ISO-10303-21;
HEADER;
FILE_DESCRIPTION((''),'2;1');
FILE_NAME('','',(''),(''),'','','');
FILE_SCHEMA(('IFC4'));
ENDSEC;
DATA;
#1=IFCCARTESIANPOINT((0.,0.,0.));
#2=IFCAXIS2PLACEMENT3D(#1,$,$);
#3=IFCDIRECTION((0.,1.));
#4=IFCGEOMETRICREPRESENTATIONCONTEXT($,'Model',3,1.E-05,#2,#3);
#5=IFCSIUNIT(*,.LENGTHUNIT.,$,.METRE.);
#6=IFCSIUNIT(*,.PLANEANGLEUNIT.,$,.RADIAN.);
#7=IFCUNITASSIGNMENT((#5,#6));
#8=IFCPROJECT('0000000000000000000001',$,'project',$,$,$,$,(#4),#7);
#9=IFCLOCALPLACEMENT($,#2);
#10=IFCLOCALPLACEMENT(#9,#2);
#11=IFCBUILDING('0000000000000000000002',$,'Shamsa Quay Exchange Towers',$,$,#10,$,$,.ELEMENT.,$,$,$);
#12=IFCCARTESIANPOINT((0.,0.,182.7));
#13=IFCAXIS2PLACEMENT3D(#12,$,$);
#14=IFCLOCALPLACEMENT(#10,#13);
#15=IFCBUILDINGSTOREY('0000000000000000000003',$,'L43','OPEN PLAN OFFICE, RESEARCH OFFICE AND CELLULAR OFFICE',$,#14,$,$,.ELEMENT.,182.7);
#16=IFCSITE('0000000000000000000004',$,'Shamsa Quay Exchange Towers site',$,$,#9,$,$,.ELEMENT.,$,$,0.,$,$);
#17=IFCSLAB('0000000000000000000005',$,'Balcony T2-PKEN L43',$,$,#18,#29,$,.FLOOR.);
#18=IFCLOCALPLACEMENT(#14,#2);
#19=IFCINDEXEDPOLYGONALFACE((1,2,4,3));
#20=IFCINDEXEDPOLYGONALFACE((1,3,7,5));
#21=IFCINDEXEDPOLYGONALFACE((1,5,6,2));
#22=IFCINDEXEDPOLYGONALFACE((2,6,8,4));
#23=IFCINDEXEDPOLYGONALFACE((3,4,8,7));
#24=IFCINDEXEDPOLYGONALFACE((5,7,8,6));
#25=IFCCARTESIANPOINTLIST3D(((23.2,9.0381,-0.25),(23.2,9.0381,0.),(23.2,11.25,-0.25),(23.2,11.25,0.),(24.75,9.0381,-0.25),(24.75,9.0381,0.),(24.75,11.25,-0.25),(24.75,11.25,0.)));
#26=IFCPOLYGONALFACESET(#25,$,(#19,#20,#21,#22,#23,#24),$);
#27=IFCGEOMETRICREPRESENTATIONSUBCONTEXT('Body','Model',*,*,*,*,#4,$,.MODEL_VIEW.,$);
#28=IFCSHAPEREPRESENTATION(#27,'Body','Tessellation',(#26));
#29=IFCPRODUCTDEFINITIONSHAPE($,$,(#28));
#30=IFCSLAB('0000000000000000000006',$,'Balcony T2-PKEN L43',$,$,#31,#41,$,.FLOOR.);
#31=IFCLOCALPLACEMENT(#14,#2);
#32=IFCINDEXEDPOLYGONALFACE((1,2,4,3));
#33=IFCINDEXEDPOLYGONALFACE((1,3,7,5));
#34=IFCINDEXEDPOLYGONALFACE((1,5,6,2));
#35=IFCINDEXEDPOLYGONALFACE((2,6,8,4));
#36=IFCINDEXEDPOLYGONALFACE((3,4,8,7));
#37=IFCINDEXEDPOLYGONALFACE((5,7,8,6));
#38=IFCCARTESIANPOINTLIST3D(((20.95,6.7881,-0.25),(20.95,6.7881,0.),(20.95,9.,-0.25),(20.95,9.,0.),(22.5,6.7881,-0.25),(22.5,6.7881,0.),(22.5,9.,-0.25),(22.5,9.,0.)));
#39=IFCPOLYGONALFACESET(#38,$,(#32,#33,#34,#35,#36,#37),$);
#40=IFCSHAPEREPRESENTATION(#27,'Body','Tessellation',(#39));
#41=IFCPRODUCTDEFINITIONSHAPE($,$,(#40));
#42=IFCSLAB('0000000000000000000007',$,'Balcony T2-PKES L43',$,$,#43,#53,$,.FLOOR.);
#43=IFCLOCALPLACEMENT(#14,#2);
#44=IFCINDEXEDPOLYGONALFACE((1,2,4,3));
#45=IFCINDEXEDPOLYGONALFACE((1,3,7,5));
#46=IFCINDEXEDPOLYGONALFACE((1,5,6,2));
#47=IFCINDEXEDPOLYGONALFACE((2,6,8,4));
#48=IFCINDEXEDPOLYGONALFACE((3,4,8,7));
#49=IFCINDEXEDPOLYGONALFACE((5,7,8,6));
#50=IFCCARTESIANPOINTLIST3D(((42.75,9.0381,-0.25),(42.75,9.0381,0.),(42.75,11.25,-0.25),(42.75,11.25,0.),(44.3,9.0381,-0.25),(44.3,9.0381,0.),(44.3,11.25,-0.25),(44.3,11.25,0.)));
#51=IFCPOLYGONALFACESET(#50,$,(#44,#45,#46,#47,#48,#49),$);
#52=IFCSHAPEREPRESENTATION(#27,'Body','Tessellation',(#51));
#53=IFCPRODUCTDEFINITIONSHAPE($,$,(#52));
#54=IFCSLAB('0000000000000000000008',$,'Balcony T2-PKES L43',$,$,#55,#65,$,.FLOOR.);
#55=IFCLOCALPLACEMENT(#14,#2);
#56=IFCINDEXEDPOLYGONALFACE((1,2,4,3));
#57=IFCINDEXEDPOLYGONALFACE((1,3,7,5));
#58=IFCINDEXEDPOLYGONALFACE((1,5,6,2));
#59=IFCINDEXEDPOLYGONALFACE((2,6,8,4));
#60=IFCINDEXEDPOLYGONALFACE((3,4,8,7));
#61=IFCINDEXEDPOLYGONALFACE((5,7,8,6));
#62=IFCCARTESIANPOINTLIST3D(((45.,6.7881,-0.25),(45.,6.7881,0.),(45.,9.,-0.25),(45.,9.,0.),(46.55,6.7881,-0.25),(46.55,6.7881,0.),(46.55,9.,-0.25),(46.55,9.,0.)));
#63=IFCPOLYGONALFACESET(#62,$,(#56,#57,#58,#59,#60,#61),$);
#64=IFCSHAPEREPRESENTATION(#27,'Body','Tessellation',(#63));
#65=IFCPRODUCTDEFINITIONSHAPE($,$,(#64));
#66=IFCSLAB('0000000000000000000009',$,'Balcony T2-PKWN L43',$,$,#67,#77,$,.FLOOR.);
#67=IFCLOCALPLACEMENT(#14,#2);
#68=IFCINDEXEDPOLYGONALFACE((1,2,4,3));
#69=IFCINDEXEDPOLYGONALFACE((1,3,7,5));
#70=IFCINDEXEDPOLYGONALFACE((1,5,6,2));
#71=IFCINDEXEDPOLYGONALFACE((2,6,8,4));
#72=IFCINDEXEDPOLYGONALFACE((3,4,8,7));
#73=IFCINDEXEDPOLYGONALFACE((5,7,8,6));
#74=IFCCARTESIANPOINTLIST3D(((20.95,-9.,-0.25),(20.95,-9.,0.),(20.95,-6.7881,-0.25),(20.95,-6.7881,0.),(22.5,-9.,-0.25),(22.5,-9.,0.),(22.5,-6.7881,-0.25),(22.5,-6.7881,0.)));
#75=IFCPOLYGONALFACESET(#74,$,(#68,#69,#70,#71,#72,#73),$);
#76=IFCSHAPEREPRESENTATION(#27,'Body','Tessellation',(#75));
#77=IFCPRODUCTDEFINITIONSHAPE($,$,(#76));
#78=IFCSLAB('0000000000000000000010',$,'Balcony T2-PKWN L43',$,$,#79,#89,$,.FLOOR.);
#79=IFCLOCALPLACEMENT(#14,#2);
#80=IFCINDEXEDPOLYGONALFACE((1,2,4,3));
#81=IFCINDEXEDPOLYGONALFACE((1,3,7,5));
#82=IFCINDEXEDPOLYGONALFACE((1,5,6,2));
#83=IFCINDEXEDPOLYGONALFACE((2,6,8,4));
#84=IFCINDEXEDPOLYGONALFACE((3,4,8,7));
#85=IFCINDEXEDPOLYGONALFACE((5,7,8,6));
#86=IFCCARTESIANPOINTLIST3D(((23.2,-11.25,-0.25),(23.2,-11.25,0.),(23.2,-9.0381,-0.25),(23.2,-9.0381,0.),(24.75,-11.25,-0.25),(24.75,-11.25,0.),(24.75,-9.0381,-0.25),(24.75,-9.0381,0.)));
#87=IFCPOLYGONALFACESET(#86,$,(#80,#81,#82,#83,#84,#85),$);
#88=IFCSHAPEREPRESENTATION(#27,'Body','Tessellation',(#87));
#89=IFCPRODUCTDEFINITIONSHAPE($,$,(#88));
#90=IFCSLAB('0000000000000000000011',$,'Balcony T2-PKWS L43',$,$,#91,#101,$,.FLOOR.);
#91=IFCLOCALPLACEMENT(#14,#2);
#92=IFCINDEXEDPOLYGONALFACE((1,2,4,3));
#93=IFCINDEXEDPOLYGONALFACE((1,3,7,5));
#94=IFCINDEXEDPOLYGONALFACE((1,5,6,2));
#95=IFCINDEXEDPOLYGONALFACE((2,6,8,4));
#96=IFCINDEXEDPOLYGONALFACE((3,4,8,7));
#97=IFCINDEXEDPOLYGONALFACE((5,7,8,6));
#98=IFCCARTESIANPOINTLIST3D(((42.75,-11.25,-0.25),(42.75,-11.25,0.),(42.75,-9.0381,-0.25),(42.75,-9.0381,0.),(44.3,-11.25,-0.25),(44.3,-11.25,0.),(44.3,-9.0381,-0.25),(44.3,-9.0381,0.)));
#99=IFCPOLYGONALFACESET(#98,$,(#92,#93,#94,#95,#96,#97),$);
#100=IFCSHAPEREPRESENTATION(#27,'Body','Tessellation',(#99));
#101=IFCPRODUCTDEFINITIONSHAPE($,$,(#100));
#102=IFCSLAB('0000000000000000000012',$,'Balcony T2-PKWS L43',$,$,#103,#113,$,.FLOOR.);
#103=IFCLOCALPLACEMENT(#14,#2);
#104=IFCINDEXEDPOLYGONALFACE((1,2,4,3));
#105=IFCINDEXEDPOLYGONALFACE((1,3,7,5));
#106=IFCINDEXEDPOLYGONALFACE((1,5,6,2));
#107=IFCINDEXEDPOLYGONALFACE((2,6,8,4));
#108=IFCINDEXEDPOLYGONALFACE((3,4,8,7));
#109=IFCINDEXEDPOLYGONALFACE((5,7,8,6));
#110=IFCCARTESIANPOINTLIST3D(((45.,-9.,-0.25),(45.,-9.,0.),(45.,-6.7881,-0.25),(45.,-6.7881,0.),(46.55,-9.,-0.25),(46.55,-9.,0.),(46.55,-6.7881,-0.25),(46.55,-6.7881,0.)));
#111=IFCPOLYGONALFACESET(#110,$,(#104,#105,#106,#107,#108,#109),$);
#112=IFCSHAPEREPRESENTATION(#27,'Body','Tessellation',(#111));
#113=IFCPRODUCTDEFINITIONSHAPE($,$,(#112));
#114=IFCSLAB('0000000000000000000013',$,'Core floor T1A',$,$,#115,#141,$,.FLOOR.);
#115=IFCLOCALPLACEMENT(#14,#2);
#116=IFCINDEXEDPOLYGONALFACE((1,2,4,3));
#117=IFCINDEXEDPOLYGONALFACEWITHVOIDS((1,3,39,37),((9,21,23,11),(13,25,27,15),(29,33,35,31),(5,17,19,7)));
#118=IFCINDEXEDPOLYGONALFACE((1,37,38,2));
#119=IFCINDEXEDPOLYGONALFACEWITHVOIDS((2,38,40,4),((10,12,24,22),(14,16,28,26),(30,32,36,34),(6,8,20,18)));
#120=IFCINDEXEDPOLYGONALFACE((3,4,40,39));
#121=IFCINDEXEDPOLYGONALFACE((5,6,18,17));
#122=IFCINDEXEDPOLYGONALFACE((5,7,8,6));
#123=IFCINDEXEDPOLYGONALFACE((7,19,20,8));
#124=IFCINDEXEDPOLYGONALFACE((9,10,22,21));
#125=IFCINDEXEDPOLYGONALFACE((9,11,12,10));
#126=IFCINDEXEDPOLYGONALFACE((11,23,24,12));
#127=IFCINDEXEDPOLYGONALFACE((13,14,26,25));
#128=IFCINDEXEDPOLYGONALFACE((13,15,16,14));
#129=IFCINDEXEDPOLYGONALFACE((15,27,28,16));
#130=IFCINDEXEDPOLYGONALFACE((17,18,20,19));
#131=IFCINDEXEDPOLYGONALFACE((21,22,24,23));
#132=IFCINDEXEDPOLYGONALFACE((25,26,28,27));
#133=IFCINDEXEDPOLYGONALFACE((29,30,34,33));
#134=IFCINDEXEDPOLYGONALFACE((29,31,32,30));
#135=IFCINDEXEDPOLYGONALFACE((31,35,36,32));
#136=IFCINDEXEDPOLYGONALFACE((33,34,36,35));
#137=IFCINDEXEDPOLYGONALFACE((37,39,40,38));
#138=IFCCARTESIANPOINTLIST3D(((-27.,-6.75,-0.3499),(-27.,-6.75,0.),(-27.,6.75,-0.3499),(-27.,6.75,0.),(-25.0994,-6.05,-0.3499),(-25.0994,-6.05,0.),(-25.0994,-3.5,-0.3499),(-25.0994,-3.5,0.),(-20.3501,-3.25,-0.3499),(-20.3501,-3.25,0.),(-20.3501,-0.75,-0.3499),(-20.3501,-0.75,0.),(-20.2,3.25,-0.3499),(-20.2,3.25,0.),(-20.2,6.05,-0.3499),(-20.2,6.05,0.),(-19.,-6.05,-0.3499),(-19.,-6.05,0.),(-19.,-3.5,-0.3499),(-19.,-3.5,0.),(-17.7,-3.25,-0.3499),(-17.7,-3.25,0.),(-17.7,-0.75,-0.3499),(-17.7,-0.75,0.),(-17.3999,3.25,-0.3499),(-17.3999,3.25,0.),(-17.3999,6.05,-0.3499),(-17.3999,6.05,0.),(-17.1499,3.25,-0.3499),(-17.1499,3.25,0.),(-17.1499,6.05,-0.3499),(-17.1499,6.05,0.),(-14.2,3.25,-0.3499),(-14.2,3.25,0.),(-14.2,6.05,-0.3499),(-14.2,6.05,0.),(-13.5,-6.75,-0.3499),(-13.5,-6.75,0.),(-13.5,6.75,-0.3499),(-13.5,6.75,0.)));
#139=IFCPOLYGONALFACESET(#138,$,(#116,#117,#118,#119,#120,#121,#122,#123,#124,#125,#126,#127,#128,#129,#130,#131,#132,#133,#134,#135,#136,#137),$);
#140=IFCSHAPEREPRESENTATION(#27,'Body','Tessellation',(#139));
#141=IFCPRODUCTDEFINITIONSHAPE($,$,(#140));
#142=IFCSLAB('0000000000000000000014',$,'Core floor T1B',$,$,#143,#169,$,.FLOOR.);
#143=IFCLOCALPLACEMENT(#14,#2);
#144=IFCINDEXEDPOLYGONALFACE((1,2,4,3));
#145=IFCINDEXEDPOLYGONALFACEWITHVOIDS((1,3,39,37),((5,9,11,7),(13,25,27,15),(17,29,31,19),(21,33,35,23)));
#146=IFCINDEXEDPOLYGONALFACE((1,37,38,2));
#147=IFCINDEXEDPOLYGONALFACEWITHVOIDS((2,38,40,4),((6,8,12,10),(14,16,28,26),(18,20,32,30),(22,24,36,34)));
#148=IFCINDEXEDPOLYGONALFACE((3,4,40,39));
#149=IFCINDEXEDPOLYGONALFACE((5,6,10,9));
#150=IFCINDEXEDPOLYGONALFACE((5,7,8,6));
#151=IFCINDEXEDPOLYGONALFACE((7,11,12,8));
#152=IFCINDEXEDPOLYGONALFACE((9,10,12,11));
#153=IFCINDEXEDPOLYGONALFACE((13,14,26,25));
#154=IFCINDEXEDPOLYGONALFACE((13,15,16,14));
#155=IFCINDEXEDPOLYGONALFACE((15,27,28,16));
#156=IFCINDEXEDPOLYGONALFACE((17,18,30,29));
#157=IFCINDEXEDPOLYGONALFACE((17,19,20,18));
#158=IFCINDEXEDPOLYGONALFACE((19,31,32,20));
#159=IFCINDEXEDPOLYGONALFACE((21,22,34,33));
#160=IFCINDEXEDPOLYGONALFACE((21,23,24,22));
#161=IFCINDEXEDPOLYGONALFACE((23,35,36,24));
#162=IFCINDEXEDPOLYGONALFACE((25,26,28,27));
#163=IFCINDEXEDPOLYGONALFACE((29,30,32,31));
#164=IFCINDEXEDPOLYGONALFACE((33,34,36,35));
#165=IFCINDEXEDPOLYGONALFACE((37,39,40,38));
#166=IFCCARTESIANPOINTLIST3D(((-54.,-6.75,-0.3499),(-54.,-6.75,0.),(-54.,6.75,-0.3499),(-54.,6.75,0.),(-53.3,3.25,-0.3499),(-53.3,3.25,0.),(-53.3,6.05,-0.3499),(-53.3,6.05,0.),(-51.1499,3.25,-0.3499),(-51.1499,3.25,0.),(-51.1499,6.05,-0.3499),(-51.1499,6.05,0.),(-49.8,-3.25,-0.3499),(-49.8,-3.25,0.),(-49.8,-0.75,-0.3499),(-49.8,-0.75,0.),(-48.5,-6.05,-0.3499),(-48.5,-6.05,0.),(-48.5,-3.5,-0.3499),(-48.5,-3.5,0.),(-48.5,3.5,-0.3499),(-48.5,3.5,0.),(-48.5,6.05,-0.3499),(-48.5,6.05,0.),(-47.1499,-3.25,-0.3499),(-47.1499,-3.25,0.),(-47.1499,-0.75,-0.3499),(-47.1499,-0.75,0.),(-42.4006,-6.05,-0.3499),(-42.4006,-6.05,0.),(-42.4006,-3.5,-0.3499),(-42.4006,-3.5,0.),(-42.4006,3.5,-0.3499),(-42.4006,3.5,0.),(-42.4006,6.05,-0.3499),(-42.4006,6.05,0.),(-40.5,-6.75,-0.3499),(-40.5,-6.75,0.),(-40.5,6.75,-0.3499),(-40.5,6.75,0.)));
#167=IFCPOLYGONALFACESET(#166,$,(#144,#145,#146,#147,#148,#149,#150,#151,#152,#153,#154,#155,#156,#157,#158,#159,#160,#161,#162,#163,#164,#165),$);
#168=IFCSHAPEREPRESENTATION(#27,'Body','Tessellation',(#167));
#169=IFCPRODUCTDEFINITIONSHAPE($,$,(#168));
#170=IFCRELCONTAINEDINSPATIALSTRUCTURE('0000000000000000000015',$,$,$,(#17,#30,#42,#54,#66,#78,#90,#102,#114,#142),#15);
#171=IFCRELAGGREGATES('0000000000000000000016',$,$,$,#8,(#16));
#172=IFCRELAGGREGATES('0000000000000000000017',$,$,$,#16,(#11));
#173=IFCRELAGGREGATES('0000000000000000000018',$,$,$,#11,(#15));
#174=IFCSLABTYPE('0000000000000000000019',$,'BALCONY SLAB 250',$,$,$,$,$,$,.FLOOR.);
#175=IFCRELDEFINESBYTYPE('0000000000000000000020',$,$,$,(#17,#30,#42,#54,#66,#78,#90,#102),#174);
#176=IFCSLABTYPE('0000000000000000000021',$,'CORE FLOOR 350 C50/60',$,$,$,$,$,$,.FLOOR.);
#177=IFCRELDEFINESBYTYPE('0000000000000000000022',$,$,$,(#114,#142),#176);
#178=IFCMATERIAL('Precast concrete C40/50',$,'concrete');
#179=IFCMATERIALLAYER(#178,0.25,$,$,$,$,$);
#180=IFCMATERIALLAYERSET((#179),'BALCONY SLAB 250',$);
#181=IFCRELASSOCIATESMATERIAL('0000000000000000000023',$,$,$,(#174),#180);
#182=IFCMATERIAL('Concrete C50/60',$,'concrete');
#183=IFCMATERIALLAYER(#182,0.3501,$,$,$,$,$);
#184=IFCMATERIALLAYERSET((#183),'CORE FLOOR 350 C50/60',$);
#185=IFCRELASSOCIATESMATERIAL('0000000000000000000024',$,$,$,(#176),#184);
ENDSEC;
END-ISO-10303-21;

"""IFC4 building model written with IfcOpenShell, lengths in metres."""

from ifc_helpers import new_model, si_unit, direction, frame, origin, place, context, subcontext, project, spatial, polyline, outline, extrude, material, layer, layer_set, type_object, element, save


model = new_model("IFC4")

# Units and contexts
model_context = context("Model", 3, precision=1e-05, world=origin(), true_north=direction((0.0, 1.0)))
body_context = subcontext(model_context, "Body", "Model", "MODEL_VIEW")
ifc_project = project(units=[si_unit("LENGTHUNIT", "METRE"), si_unit("PLANEANGLEUNIT", "RADIAN")], contexts=[model_context])

# Site, building, storey
site_placement = place(None, origin())
site = spatial("IfcSite", under=ifc_project, at=site_placement, Name="Shamsa Quay Exchange Towers site", CompositionType="ELEMENT", RefElevation=0.0)
building_placement = place(site_placement, origin())
building = spatial("IfcBuilding", under=site, at=building_placement, Name="Shamsa Quay Exchange Towers", CompositionType="ELEMENT")
storey_placement = place(building_placement, frame((0.0, 0.0, 182.7)))
storey = spatial("IfcBuildingStorey", under=building, at=storey_placement, Name="L43", Description="OPEN PLAN OFFICE, RESEARCH OFFICE AND CELLULAR OFFICE", CompositionType="ELEMENT", Elevation=182.7)

# Slabs
ifc_material_1 = material(Name="Precast concrete C40/50", Category="concrete")
ifc_layer_1 = layer(ifc_material_1, 0.25)
ifc_layer_set_1 = layer_set([ifc_layer_1], Name="BALCONY SLAB 250")
slab_type_1 = type_object("IfcSlabType", Name="BALCONY SLAB 250", PredefinedType="FLOOR", material=ifc_layer_set_1)
slab_1_placement = place(storey_placement, frame((0.0, 0.0, -0.25)))
element("IfcSlab", 1, at=slab_1_placement, inside=storey, type_object=slab_type_1, Name="Balcony T2-PKEN L43", PredefinedType="FLOOR", context=body_context, shape_type="SweptSolid", body=[
    extrude(outline(polyline([(24.75, 11.25), (24.75, 9.0381), (23.2, 9.0381), (23.2, 11.25), (24.75, 11.25)])), origin(), (0.0, 0.0, 1.0), 0.25),
])
slab_2_placement = place(storey_placement, frame((0.0, 0.0, -0.25)))
element("IfcSlab", 2, at=slab_2_placement, inside=storey, type_object=slab_type_1, Name="Balcony T2-PKEN L43", PredefinedType="FLOOR", context=body_context, shape_type="SweptSolid", body=[
    extrude(outline(polyline([(22.5, 9.0), (22.5, 6.7881), (20.95, 6.7881), (20.95, 9.0), (22.5, 9.0)])), origin(), (0.0, 0.0, 1.0), 0.25),
])
slab_3_placement = place(storey_placement, frame((0.0, 0.0, -0.25)))
element("IfcSlab", 3, at=slab_3_placement, inside=storey, type_object=slab_type_1, Name="Balcony T2-PKES L43", PredefinedType="FLOOR", context=body_context, shape_type="SweptSolid", body=[
    extrude(outline(polyline([(42.75, 9.0381), (42.75, 11.25), (44.3, 11.25), (44.3, 9.0381), (42.75, 9.0381)])), origin(), (0.0, 0.0, 1.0), 0.25),
])
slab_4_placement = place(storey_placement, frame((0.0, 0.0, -0.25)))
element("IfcSlab", 4, at=slab_4_placement, inside=storey, type_object=slab_type_1, Name="Balcony T2-PKES L43", PredefinedType="FLOOR", context=body_context, shape_type="SweptSolid", body=[
    extrude(outline(polyline([(45.0, 6.7881), (45.0, 9.0), (46.55, 9.0), (46.55, 6.7881), (45.0, 6.7881)])), origin(), (0.0, 0.0, 1.0), 0.25),
])
slab_5_placement = place(storey_placement, frame((0.0, 0.0, -0.25)))
element("IfcSlab", 5, at=slab_5_placement, inside=storey, type_object=slab_type_1, Name="Balcony T2-PKWN L43", PredefinedType="FLOOR", context=body_context, shape_type="SweptSolid", body=[
    extrude(outline(polyline([(22.5, -6.7881), (22.5, -9.0), (20.95, -9.0), (20.95, -6.7881), (22.5, -6.7881)])), origin(), (0.0, 0.0, 1.0), 0.25),
])
slab_6_placement = place(storey_placement, frame((0.0, 0.0, -0.25)))
element("IfcSlab", 6, at=slab_6_placement, inside=storey, type_object=slab_type_1, Name="Balcony T2-PKWN L43", PredefinedType="FLOOR", context=body_context, shape_type="SweptSolid", body=[
    extrude(outline(polyline([(24.75, -9.0381), (24.75, -11.25), (23.2, -11.25), (23.2, -9.0381), (24.75, -9.0381)])), origin(), (0.0, 0.0, 1.0), 0.25),
])
slab_7_placement = place(storey_placement, frame((0.0, 0.0, -0.25)))
element("IfcSlab", 7, at=slab_7_placement, inside=storey, type_object=slab_type_1, Name="Balcony T2-PKWS L43", PredefinedType="FLOOR", context=body_context, shape_type="SweptSolid", body=[
    extrude(outline(polyline([(42.75, -11.25), (42.75, -9.0381), (44.3, -9.0381), (44.3, -11.25), (42.75, -11.25)])), origin(), (0.0, 0.0, 1.0), 0.25),
])
slab_8_placement = place(storey_placement, frame((0.0, 0.0, -0.25)))
element("IfcSlab", 8, at=slab_8_placement, inside=storey, type_object=slab_type_1, Name="Balcony T2-PKWS L43", PredefinedType="FLOOR", context=body_context, shape_type="SweptSolid", body=[
    extrude(outline(polyline([(45.0, -9.0), (45.0, -6.7881), (46.55, -6.7881), (46.55, -9.0), (45.0, -9.0)])), origin(), (0.0, 0.0, 1.0), 0.25),
])
ifc_material_2 = material(Name="Concrete C50/60", Category="concrete")
ifc_layer_2 = layer(ifc_material_2, 0.3501)
ifc_layer_set_2 = layer_set([ifc_layer_2], Name="CORE FLOOR 350 C50/60")
slab_type_2 = type_object("IfcSlabType", Name="CORE FLOOR 350 C50/60", PredefinedType="FLOOR", material=ifc_layer_set_2)
slab_9_placement = place(storey_placement, frame((0.0, 0.0, -0.3499)))
element("IfcSlab", 9, at=slab_9_placement, inside=storey, type_object=slab_type_2, Name="Core floor T1A", PredefinedType="FLOOR", context=body_context, shape_type="SweptSolid", body=[
    extrude(outline(polyline([(-27.0, -6.75), (-13.5, -6.75), (-13.5, 6.75), (-27.0, 6.75), (-27.0, -6.75)]), holes=[polyline([(-25.0994, -6.05), (-25.0994, -3.5), (-19.0, -3.5), (-19.0, -6.05), (-25.0994, -6.05)]), polyline([(-20.2, 3.25), (-20.2, 6.05), (-17.3999, 6.05), (-17.3999, 3.25), (-20.2, 3.25)]), polyline([(-17.1499, 3.25), (-17.1499, 6.05), (-14.2, 6.05), (-14.2, 3.25), (-17.1499, 3.25)]), polyline([(-20.3501, -3.25), (-20.3501, -0.75), (-17.7, -0.75), (-17.7, -3.25), (-20.3501, -3.25)])]), origin(), (0.0, 0.0, 1.0), 0.3499),
])
slab_10_placement = place(storey_placement, frame((0.0, 0.0, -0.3499)))
element("IfcSlab", 10, at=slab_10_placement, inside=storey, type_object=slab_type_2, Name="Core floor T1B", PredefinedType="FLOOR", context=body_context, shape_type="SweptSolid", body=[
    extrude(outline(polyline([(-40.5, -6.75), (-40.5, 6.75), (-54.0, 6.75), (-54.0, -6.75), (-40.5, -6.75)]), holes=[polyline([(-42.4006, -3.5), (-42.4006, -6.05), (-48.5, -6.05), (-48.5, -3.5), (-42.4006, -3.5)]), polyline([(-42.4006, 6.05), (-42.4006, 3.5), (-48.5, 3.5), (-48.5, 6.05), (-42.4006, 6.05)]), polyline([(-51.1499, 3.25), (-53.3, 3.25), (-53.3, 6.05), (-51.1499, 6.05), (-51.1499, 3.25)]), polyline([(-47.1499, -3.25), (-49.8, -3.25), (-49.8, -0.75), (-47.1499, -0.75), (-47.1499, -3.25)])]), origin(), (0.0, 0.0, 1.0), 0.3499),
])

save(model, "model.ifc")
